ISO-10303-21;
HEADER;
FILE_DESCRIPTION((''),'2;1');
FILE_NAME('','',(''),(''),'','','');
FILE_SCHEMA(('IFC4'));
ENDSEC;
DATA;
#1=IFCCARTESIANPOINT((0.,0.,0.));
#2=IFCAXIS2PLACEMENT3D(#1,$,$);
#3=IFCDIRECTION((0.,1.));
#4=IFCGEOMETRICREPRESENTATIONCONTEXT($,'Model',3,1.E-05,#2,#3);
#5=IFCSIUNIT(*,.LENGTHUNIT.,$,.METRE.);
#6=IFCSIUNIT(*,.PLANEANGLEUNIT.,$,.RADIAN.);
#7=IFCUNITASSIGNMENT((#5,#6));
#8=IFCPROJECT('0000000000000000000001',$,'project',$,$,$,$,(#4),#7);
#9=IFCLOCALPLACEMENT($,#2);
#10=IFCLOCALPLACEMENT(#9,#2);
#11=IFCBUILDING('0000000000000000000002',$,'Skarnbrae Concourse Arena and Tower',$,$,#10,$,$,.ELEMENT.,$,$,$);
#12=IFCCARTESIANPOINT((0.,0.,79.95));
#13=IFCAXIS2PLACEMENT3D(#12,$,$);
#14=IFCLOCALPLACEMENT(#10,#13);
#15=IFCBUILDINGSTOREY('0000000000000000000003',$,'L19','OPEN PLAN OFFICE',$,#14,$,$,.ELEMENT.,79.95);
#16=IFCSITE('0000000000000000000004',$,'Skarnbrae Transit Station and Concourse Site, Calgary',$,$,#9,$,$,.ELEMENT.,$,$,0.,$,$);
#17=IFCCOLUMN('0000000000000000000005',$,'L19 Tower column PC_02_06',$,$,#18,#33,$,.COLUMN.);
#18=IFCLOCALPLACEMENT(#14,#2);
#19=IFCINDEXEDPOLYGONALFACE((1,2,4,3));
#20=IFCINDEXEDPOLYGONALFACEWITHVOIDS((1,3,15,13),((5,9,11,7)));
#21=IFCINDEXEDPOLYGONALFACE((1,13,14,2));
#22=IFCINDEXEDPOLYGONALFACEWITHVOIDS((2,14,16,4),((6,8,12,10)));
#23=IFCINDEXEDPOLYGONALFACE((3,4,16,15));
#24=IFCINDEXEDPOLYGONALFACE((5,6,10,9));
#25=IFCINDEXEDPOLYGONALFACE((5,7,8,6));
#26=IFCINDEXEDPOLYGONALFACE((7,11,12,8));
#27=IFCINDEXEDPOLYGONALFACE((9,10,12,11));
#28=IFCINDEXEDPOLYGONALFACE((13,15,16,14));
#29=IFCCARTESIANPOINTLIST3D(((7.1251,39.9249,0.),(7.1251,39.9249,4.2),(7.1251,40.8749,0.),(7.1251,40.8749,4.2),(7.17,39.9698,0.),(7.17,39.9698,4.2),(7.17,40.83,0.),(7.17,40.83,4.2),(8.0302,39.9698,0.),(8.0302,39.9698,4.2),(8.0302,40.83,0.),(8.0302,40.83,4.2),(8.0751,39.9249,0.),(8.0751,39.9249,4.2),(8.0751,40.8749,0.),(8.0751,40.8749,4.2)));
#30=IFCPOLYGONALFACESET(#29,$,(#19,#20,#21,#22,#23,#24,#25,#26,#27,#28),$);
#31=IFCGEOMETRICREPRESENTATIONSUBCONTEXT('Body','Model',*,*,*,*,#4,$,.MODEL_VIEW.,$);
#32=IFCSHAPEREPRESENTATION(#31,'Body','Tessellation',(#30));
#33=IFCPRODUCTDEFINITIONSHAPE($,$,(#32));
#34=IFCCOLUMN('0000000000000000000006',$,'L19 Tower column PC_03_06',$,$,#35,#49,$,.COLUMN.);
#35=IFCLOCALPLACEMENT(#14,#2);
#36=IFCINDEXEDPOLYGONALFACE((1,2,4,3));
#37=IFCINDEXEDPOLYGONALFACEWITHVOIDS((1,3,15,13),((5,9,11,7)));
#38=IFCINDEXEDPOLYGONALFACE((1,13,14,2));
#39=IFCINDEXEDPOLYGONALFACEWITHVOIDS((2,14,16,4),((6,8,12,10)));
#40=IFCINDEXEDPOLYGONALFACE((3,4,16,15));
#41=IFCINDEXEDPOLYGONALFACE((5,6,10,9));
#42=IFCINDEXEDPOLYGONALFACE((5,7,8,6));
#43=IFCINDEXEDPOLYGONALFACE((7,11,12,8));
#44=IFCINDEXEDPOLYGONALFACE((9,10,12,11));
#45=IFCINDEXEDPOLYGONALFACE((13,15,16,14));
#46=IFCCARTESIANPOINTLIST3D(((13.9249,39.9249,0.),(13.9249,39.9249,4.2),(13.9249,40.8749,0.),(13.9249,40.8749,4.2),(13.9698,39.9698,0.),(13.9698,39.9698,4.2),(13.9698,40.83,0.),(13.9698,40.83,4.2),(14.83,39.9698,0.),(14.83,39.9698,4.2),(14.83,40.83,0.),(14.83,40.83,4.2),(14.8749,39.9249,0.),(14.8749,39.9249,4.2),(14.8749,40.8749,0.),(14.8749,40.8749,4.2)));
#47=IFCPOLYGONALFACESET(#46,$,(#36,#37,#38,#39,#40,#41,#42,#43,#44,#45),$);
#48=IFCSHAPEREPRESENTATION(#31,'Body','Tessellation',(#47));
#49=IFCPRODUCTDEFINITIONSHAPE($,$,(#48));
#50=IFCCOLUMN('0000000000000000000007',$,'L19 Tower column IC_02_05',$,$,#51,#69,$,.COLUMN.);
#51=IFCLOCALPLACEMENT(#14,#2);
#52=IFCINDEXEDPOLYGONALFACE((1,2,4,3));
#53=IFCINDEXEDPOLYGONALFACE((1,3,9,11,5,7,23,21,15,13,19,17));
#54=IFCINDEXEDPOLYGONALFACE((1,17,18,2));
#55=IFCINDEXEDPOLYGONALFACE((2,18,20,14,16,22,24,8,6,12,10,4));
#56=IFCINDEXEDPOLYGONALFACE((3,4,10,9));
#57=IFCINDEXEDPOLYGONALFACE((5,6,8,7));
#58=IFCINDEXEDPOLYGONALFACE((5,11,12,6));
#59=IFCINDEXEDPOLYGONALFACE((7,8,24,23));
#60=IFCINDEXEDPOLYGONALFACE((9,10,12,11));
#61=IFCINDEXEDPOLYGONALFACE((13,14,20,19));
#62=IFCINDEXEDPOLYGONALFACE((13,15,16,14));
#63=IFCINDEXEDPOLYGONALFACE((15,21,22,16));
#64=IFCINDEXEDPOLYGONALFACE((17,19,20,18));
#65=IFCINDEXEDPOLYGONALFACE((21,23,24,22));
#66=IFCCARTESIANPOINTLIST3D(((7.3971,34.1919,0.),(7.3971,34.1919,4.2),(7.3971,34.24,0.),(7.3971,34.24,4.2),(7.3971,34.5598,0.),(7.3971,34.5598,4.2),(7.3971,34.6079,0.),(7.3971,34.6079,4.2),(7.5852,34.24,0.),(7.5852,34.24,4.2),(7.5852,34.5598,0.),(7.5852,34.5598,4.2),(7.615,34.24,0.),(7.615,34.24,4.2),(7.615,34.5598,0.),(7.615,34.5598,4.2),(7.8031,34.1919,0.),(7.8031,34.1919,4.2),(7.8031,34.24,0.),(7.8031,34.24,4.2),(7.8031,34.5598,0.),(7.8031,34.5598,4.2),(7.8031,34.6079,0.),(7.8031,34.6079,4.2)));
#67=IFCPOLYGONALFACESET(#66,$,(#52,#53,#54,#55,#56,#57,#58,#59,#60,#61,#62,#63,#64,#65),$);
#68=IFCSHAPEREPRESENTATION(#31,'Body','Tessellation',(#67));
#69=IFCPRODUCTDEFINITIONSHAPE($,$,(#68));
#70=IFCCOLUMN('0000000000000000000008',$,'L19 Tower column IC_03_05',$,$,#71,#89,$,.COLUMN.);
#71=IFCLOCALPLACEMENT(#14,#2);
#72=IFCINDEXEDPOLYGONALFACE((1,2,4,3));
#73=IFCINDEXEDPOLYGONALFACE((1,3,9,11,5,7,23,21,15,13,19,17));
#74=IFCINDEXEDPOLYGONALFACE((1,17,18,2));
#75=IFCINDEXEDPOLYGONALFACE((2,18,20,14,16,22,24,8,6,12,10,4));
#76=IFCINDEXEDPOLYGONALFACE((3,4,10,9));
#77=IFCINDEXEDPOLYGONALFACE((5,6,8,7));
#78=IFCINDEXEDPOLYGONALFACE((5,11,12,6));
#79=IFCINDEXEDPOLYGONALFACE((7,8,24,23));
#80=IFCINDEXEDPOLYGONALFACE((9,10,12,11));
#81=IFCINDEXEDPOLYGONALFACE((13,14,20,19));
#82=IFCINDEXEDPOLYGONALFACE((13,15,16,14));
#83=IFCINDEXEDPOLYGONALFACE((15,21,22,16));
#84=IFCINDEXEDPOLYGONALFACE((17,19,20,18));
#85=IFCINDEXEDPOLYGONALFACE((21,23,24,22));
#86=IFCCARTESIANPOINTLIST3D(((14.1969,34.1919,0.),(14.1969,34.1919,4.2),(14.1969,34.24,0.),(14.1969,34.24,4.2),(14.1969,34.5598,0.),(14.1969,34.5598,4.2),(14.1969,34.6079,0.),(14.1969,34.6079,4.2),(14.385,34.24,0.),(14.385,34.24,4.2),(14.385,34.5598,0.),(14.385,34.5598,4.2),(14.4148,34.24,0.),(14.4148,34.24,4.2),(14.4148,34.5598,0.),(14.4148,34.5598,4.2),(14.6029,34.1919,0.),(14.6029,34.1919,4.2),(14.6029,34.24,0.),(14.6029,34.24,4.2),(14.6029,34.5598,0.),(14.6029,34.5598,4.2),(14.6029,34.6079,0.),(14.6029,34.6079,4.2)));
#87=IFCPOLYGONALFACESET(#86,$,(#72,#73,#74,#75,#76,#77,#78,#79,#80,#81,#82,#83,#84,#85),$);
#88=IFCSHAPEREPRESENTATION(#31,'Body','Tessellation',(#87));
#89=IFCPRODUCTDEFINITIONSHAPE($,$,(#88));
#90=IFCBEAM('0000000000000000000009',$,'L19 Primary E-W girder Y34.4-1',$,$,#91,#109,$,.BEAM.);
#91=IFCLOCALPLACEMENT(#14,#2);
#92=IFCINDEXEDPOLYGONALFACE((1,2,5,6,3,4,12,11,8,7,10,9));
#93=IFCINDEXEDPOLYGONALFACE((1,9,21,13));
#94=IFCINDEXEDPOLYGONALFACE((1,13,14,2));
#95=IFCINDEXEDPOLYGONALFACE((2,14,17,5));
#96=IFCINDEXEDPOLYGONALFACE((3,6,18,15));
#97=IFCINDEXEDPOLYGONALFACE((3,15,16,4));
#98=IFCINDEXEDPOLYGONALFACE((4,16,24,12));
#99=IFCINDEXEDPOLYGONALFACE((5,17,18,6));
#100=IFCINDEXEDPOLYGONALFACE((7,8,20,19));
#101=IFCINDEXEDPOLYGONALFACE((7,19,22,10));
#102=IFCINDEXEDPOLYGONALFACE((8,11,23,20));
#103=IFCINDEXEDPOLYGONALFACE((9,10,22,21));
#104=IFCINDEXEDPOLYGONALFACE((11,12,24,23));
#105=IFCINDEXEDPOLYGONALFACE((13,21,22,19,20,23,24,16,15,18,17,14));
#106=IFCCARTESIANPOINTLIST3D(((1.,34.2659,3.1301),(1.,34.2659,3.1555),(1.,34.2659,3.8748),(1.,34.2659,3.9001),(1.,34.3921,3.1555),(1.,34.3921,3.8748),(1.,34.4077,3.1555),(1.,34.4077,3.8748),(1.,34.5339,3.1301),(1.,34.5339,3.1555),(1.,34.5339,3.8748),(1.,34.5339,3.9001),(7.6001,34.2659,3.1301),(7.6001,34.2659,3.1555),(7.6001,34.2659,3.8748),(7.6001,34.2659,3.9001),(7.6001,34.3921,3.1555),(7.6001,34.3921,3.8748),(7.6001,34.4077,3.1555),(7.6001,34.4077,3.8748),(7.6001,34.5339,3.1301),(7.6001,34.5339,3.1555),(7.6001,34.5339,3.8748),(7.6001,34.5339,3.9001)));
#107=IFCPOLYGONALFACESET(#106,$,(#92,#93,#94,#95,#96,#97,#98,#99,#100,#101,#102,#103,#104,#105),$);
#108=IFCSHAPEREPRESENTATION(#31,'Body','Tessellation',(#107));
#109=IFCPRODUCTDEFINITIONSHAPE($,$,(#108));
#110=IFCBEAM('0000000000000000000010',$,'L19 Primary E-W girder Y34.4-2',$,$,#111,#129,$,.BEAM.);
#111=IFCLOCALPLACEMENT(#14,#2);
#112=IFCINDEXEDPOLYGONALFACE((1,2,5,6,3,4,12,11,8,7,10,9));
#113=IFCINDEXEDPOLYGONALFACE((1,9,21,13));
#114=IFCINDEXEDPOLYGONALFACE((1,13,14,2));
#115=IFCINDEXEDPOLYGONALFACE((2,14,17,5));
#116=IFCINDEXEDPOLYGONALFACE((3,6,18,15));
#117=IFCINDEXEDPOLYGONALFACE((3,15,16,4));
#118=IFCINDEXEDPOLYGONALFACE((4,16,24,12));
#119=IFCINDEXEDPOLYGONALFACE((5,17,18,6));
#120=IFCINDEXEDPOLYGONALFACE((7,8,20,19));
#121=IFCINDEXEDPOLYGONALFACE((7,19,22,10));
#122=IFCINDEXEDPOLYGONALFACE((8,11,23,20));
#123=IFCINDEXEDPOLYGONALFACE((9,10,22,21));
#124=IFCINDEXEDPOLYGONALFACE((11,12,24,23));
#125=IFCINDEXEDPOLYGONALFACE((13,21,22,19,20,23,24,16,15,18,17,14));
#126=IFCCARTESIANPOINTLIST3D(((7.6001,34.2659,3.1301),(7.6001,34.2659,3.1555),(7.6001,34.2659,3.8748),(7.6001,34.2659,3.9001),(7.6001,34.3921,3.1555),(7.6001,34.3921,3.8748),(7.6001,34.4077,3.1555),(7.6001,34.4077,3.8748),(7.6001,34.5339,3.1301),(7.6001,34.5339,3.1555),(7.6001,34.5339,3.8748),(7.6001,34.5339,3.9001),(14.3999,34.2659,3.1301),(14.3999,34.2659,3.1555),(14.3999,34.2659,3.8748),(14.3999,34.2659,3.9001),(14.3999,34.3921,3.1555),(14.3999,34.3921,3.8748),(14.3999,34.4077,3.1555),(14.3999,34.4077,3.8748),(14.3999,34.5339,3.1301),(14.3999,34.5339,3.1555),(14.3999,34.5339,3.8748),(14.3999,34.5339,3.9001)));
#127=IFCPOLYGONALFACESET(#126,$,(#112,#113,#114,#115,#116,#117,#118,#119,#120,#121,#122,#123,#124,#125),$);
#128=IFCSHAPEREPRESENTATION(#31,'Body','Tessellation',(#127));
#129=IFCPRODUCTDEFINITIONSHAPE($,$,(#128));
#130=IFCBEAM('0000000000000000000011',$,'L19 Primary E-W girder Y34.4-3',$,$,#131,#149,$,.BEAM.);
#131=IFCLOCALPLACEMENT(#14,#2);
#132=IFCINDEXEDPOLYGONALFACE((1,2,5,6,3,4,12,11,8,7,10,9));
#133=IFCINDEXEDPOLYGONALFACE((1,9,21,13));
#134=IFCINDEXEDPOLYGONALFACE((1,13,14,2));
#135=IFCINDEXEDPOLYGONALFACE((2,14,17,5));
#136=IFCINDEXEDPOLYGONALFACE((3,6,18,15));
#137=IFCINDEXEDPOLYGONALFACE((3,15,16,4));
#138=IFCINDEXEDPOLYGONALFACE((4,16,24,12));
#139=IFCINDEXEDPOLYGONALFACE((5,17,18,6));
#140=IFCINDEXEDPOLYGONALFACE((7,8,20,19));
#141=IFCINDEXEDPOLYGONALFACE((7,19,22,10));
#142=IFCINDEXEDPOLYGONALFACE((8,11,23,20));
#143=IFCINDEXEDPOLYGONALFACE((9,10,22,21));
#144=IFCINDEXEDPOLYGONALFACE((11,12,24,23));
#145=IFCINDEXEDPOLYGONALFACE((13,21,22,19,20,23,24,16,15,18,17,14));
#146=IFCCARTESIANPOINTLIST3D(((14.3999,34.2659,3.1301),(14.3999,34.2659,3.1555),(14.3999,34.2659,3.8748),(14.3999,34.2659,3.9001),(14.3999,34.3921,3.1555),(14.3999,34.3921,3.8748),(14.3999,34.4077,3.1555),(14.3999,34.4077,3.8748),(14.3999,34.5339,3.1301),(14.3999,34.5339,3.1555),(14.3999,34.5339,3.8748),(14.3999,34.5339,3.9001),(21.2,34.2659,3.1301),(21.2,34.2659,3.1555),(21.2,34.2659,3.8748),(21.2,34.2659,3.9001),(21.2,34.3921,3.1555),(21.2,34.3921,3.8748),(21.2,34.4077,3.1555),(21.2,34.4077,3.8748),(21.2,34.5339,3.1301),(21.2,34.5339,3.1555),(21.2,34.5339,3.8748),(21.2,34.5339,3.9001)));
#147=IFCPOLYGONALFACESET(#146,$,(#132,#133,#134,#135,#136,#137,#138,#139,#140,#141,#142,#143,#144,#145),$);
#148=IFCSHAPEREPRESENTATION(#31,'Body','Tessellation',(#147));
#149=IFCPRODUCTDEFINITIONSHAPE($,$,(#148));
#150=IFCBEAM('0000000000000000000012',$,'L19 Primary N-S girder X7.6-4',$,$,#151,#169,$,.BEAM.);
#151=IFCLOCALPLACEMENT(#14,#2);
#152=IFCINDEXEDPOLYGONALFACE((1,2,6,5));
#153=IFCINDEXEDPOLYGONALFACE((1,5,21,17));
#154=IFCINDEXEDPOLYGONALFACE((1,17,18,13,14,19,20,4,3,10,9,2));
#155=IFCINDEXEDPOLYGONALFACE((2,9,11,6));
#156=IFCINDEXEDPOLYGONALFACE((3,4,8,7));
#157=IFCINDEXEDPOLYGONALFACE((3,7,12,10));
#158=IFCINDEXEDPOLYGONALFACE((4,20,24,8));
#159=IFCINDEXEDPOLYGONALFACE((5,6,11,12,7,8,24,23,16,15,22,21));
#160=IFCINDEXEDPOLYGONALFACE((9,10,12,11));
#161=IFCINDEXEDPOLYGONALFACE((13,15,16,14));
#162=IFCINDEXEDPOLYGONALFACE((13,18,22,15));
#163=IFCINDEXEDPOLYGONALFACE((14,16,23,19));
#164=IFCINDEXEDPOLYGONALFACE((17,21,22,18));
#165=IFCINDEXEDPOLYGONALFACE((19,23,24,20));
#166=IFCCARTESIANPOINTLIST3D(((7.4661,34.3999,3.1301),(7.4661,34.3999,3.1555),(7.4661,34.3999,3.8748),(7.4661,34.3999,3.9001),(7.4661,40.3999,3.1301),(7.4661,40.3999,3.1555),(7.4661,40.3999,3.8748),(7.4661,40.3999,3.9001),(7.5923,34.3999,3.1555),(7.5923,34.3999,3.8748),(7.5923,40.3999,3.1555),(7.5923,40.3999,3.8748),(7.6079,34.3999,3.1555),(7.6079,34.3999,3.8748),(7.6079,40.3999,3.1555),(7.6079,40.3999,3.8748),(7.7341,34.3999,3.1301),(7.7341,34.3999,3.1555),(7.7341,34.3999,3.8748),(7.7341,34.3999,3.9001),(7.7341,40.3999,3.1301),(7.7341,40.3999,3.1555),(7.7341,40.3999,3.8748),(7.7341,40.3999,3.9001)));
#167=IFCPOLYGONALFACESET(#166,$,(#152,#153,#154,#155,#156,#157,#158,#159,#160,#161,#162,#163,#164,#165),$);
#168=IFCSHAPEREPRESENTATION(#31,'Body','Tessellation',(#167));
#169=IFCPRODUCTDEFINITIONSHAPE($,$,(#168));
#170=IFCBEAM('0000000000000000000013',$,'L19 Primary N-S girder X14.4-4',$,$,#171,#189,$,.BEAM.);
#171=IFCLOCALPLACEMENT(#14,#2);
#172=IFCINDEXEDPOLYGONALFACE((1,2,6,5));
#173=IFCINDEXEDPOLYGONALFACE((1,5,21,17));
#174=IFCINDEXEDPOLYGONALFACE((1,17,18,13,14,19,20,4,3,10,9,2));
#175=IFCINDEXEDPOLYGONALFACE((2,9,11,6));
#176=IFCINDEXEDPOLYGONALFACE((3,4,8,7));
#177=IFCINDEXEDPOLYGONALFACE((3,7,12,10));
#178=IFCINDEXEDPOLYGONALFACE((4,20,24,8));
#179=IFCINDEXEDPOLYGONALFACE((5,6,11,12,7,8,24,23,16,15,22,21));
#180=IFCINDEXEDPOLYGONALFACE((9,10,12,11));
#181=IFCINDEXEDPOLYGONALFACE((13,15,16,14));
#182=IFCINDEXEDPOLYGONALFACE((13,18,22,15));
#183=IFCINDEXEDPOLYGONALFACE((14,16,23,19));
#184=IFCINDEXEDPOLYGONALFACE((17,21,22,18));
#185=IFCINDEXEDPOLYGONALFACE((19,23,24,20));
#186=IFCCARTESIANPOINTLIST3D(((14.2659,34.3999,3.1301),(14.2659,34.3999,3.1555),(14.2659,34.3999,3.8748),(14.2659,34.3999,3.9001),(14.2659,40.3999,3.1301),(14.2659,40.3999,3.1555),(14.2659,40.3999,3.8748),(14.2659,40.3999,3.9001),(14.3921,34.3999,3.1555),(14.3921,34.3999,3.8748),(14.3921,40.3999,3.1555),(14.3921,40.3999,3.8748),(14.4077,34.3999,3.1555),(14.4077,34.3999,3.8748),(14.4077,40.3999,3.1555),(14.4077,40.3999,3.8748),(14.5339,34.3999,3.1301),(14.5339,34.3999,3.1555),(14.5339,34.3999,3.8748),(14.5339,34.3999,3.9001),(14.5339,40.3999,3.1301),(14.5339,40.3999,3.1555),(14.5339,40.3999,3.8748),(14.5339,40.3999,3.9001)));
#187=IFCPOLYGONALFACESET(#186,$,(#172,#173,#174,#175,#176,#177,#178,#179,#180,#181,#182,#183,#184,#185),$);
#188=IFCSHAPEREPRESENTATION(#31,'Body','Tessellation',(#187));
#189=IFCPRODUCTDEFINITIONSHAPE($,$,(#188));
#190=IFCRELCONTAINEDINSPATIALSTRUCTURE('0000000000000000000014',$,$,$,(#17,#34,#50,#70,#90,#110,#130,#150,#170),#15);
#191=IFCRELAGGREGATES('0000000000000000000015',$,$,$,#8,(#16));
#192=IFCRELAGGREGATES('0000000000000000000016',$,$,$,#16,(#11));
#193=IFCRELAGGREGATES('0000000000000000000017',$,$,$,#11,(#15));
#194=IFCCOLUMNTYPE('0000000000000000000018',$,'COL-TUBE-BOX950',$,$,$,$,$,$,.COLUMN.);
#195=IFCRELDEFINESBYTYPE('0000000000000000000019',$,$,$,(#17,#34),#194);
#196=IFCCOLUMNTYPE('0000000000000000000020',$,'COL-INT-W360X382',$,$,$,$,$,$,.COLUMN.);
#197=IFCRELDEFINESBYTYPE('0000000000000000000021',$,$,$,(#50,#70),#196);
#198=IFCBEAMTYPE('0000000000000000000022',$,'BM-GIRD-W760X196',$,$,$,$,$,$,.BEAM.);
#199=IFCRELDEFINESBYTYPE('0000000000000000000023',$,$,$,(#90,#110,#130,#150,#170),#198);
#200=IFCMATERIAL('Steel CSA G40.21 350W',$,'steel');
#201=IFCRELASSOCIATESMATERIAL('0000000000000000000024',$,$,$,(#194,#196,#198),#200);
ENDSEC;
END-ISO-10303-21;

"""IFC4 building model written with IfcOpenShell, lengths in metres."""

from ifc_helpers import new_model, si_unit, direction, frame, origin, origin_2d, place, context, subcontext, project, spatial, hollow_rectangle, i_section, extrude, source, transform, mapped, material, material_profile, profile_set, type_object, element, save


model = new_model("IFC4")

# Units and contexts
model_context = context("Model", 3, precision=1e-05, world=origin(), true_north=direction((0.0, 1.0)))
body_context = subcontext(model_context, "Body", "Model", "MODEL_VIEW")
ifc_project = project(units=[si_unit("LENGTHUNIT", "METRE"), si_unit("PLANEANGLEUNIT", "RADIAN")], contexts=[model_context])

# Site, building, storey
site_placement = place(None, origin())
site = spatial("IfcSite", under=ifc_project, at=site_placement, Name="Skarnbrae Transit Station and Concourse Site, Calgary", CompositionType="ELEMENT", RefElevation=0.0)
building_placement = place(site_placement, origin())
building = spatial("IfcBuilding", under=site, at=building_placement, Name="Skarnbrae Concourse Arena and Tower", CompositionType="ELEMENT")
storey_placement = place(building_placement, frame((0.0, 0.0, 79.95)))
storey = spatial("IfcBuildingStorey", under=building, at=storey_placement, Name="L19", Description="OPEN PLAN OFFICE", CompositionType="ELEMENT", Elevation=79.95)

# Columns
ifc_material_1 = material(Name="Steel CSA G40.21 350W", Category="steel")
ifc_material_profile_1 = material_profile(ifc_material_1, hollow_rectangle(XDim=0.95, YDim=0.95, WallThickness=0.0449, at=origin_2d()), Name="BOX950X950X45")
ifc_profile_set_1 = profile_set([ifc_material_profile_1], Name="Steel CSA G40.21 350W")
column_type_1 = type_object("IfcColumnType", Name="COL-TUBE-BOX950", PredefinedType="COLUMN", material=ifc_profile_set_1)
shared_shape_1 = source(origin(), body_context, "Body", "SweptSolid", [
    extrude(hollow_rectangle(XDim=0.95, YDim=0.95, WallThickness=0.0449, at=origin_2d()), origin(), (0.0, 0.0, 1.0), 4.2),
])
for number, where, z_axis, x_axis, name in (
    (1, (7.6001, 40.3999, 0.0), (0.0, 0.0, 1.0), (1.0, 0.0, 0.0), "L19 Tower column PC_02_06"),
    (2, (14.3999, 40.3999, 0.0), (0.0, 0.0, 1.0), (1.0, 0.0, 0.0), "L19 Tower column PC_03_06"),
):
    element("IfcColumn", number, at=place(storey_placement, frame(where, z_axis=z_axis, x_axis=x_axis)), inside=storey, type_object=column_type_1, Name=name, PredefinedType="COLUMN", context=body_context, shape_type="MappedRepresentation", body=[
        mapped(shared_shape_1, transform((0.0, 0.0, 0.0))),
    ])
ifc_material_profile_2 = material_profile(ifc_material_1, i_section(OverallWidth=0.406, OverallDepth=0.416, WebThickness=0.0298, FlangeThickness=0.0481, at=origin_2d()), Name="W360X382")
ifc_profile_set_2 = profile_set([ifc_material_profile_2], Name="Steel CSA G40.21 350W")
column_type_2 = type_object("IfcColumnType", Name="COL-INT-W360X382", PredefinedType="COLUMN", material=ifc_profile_set_2)
shared_shape_2 = source(origin(), body_context, "Body", "SweptSolid", [
    extrude(i_section(OverallWidth=0.406, OverallDepth=0.416, WebThickness=0.0298, FlangeThickness=0.0481, at=origin_2d()), origin(), (0.0, 0.0, 1.0), 4.2),
])
for number, where, z_axis, x_axis, name in (
    (3, (7.6001, 34.3999, 0.0), (0.0, 0.0, 1.0), (1.0, 0.0, 0.0), "L19 Tower column IC_02_05"),
    (4, (14.3999, 34.3999, 0.0), (0.0, 0.0, 1.0), (1.0, 0.0, 0.0), "L19 Tower column IC_03_05"),
):
    element("IfcColumn", number, at=place(storey_placement, frame(where, z_axis=z_axis, x_axis=x_axis)), inside=storey, type_object=column_type_2, Name=name, PredefinedType="COLUMN", context=body_context, shape_type="MappedRepresentation", body=[
        mapped(shared_shape_2, transform((0.0, 0.0, 0.0))),
    ])

# Beams
ifc_material_profile_3 = material_profile(ifc_material_1, i_section(OverallWidth=0.2681, OverallDepth=0.77, WebThickness=0.0156, FlangeThickness=0.0254, at=origin_2d()), Name="W760X196")
ifc_profile_set_3 = profile_set([ifc_material_profile_3], Name="Steel CSA G40.21 350W")
beam_type_1 = type_object("IfcBeamType", Name="BM-GIRD-W760X196", PredefinedType="BEAM", material=ifc_profile_set_3)
shared_shape_3 = source(origin(), body_context, "Body", "SweptSolid", [
    extrude(i_section(OverallWidth=0.2681, OverallDepth=0.77, WebThickness=0.0156, FlangeThickness=0.0254, at=origin_2d()), origin(), (0.0, 0.0, 1.0), 6.6001),
])
beam_1_placement = place(storey_placement, frame((1.0, 34.3999, 3.5151), z_axis=(1.0, 0.0, 0.0), x_axis=(0.0, 1.0, 0.0)))
element("IfcBeam", 5, at=beam_1_placement, inside=storey, type_object=beam_type_1, Name="L19 Primary E-W girder Y34.4-1", PredefinedType="BEAM", context=body_context, shape_type="MappedRepresentation", body=[
    mapped(shared_shape_3, transform((0.0, 0.0, 0.0))),
])
shared_shape_4 = source(origin(), body_context, "Body", "SweptSolid", [
    extrude(i_section(OverallWidth=0.2681, OverallDepth=0.77, WebThickness=0.0156, FlangeThickness=0.0254, at=origin_2d()), origin(), (0.0, 0.0, 1.0), 6.7998),
])
beam_2_placement = place(storey_placement, frame((7.6001, 34.3999, 3.5151), z_axis=(1.0, 0.0, 0.0), x_axis=(0.0, 1.0, 0.0)))
element("IfcBeam", 6, at=beam_2_placement, inside=storey, type_object=beam_type_1, Name="L19 Primary E-W girder Y34.4-2", PredefinedType="BEAM", context=body_context, shape_type="MappedRepresentation", body=[
    mapped(shared_shape_4, transform((0.0, 0.0, 0.0))),
])
shared_shape_5 = source(origin(), body_context, "Body", "SweptSolid", [
    extrude(i_section(OverallWidth=0.2681, OverallDepth=0.77, WebThickness=0.0156, FlangeThickness=0.0254, at=origin_2d()), origin(), (0.0, 0.0, 1.0), 6.8),
])
beam_3_placement = place(storey_placement, frame((14.3999, 34.3999, 3.5151), z_axis=(1.0, 0.0, 0.0), x_axis=(0.0, 1.0, 0.0)))
element("IfcBeam", 7, at=beam_3_placement, inside=storey, type_object=beam_type_1, Name="L19 Primary E-W girder Y34.4-3", PredefinedType="BEAM", context=body_context, shape_type="MappedRepresentation", body=[
    mapped(shared_shape_5, transform((0.0, 0.0, 0.0))),
])
shared_shape_6 = source(origin(), body_context, "Body", "SweptSolid", [
    extrude(i_section(OverallWidth=0.2681, OverallDepth=0.77, WebThickness=0.0156, FlangeThickness=0.0254, at=origin_2d()), origin(), (0.0, 0.0, 1.0), 6.0),
])
for number, where, z_axis, x_axis, name in (
    (8, (7.6001, 34.3999, 3.5151), (0.0, 1.0, 0.0), (-1.0, 0.0, 0.0), "L19 Primary N-S girder X7.6-4"),
    (9, (14.3999, 34.3999, 3.5151), (0.0, 1.0, 0.0), (-1.0, 0.0, 0.0), "L19 Primary N-S girder X14.4-4"),
):
    element("IfcBeam", number, at=place(storey_placement, frame(where, z_axis=z_axis, x_axis=x_axis)), inside=storey, type_object=beam_type_1, Name=name, PredefinedType="BEAM", context=body_context, shape_type="MappedRepresentation", body=[
        mapped(shared_shape_6, transform((0.0, 0.0, 0.0))),
    ])

save(model, "model.ifc")
